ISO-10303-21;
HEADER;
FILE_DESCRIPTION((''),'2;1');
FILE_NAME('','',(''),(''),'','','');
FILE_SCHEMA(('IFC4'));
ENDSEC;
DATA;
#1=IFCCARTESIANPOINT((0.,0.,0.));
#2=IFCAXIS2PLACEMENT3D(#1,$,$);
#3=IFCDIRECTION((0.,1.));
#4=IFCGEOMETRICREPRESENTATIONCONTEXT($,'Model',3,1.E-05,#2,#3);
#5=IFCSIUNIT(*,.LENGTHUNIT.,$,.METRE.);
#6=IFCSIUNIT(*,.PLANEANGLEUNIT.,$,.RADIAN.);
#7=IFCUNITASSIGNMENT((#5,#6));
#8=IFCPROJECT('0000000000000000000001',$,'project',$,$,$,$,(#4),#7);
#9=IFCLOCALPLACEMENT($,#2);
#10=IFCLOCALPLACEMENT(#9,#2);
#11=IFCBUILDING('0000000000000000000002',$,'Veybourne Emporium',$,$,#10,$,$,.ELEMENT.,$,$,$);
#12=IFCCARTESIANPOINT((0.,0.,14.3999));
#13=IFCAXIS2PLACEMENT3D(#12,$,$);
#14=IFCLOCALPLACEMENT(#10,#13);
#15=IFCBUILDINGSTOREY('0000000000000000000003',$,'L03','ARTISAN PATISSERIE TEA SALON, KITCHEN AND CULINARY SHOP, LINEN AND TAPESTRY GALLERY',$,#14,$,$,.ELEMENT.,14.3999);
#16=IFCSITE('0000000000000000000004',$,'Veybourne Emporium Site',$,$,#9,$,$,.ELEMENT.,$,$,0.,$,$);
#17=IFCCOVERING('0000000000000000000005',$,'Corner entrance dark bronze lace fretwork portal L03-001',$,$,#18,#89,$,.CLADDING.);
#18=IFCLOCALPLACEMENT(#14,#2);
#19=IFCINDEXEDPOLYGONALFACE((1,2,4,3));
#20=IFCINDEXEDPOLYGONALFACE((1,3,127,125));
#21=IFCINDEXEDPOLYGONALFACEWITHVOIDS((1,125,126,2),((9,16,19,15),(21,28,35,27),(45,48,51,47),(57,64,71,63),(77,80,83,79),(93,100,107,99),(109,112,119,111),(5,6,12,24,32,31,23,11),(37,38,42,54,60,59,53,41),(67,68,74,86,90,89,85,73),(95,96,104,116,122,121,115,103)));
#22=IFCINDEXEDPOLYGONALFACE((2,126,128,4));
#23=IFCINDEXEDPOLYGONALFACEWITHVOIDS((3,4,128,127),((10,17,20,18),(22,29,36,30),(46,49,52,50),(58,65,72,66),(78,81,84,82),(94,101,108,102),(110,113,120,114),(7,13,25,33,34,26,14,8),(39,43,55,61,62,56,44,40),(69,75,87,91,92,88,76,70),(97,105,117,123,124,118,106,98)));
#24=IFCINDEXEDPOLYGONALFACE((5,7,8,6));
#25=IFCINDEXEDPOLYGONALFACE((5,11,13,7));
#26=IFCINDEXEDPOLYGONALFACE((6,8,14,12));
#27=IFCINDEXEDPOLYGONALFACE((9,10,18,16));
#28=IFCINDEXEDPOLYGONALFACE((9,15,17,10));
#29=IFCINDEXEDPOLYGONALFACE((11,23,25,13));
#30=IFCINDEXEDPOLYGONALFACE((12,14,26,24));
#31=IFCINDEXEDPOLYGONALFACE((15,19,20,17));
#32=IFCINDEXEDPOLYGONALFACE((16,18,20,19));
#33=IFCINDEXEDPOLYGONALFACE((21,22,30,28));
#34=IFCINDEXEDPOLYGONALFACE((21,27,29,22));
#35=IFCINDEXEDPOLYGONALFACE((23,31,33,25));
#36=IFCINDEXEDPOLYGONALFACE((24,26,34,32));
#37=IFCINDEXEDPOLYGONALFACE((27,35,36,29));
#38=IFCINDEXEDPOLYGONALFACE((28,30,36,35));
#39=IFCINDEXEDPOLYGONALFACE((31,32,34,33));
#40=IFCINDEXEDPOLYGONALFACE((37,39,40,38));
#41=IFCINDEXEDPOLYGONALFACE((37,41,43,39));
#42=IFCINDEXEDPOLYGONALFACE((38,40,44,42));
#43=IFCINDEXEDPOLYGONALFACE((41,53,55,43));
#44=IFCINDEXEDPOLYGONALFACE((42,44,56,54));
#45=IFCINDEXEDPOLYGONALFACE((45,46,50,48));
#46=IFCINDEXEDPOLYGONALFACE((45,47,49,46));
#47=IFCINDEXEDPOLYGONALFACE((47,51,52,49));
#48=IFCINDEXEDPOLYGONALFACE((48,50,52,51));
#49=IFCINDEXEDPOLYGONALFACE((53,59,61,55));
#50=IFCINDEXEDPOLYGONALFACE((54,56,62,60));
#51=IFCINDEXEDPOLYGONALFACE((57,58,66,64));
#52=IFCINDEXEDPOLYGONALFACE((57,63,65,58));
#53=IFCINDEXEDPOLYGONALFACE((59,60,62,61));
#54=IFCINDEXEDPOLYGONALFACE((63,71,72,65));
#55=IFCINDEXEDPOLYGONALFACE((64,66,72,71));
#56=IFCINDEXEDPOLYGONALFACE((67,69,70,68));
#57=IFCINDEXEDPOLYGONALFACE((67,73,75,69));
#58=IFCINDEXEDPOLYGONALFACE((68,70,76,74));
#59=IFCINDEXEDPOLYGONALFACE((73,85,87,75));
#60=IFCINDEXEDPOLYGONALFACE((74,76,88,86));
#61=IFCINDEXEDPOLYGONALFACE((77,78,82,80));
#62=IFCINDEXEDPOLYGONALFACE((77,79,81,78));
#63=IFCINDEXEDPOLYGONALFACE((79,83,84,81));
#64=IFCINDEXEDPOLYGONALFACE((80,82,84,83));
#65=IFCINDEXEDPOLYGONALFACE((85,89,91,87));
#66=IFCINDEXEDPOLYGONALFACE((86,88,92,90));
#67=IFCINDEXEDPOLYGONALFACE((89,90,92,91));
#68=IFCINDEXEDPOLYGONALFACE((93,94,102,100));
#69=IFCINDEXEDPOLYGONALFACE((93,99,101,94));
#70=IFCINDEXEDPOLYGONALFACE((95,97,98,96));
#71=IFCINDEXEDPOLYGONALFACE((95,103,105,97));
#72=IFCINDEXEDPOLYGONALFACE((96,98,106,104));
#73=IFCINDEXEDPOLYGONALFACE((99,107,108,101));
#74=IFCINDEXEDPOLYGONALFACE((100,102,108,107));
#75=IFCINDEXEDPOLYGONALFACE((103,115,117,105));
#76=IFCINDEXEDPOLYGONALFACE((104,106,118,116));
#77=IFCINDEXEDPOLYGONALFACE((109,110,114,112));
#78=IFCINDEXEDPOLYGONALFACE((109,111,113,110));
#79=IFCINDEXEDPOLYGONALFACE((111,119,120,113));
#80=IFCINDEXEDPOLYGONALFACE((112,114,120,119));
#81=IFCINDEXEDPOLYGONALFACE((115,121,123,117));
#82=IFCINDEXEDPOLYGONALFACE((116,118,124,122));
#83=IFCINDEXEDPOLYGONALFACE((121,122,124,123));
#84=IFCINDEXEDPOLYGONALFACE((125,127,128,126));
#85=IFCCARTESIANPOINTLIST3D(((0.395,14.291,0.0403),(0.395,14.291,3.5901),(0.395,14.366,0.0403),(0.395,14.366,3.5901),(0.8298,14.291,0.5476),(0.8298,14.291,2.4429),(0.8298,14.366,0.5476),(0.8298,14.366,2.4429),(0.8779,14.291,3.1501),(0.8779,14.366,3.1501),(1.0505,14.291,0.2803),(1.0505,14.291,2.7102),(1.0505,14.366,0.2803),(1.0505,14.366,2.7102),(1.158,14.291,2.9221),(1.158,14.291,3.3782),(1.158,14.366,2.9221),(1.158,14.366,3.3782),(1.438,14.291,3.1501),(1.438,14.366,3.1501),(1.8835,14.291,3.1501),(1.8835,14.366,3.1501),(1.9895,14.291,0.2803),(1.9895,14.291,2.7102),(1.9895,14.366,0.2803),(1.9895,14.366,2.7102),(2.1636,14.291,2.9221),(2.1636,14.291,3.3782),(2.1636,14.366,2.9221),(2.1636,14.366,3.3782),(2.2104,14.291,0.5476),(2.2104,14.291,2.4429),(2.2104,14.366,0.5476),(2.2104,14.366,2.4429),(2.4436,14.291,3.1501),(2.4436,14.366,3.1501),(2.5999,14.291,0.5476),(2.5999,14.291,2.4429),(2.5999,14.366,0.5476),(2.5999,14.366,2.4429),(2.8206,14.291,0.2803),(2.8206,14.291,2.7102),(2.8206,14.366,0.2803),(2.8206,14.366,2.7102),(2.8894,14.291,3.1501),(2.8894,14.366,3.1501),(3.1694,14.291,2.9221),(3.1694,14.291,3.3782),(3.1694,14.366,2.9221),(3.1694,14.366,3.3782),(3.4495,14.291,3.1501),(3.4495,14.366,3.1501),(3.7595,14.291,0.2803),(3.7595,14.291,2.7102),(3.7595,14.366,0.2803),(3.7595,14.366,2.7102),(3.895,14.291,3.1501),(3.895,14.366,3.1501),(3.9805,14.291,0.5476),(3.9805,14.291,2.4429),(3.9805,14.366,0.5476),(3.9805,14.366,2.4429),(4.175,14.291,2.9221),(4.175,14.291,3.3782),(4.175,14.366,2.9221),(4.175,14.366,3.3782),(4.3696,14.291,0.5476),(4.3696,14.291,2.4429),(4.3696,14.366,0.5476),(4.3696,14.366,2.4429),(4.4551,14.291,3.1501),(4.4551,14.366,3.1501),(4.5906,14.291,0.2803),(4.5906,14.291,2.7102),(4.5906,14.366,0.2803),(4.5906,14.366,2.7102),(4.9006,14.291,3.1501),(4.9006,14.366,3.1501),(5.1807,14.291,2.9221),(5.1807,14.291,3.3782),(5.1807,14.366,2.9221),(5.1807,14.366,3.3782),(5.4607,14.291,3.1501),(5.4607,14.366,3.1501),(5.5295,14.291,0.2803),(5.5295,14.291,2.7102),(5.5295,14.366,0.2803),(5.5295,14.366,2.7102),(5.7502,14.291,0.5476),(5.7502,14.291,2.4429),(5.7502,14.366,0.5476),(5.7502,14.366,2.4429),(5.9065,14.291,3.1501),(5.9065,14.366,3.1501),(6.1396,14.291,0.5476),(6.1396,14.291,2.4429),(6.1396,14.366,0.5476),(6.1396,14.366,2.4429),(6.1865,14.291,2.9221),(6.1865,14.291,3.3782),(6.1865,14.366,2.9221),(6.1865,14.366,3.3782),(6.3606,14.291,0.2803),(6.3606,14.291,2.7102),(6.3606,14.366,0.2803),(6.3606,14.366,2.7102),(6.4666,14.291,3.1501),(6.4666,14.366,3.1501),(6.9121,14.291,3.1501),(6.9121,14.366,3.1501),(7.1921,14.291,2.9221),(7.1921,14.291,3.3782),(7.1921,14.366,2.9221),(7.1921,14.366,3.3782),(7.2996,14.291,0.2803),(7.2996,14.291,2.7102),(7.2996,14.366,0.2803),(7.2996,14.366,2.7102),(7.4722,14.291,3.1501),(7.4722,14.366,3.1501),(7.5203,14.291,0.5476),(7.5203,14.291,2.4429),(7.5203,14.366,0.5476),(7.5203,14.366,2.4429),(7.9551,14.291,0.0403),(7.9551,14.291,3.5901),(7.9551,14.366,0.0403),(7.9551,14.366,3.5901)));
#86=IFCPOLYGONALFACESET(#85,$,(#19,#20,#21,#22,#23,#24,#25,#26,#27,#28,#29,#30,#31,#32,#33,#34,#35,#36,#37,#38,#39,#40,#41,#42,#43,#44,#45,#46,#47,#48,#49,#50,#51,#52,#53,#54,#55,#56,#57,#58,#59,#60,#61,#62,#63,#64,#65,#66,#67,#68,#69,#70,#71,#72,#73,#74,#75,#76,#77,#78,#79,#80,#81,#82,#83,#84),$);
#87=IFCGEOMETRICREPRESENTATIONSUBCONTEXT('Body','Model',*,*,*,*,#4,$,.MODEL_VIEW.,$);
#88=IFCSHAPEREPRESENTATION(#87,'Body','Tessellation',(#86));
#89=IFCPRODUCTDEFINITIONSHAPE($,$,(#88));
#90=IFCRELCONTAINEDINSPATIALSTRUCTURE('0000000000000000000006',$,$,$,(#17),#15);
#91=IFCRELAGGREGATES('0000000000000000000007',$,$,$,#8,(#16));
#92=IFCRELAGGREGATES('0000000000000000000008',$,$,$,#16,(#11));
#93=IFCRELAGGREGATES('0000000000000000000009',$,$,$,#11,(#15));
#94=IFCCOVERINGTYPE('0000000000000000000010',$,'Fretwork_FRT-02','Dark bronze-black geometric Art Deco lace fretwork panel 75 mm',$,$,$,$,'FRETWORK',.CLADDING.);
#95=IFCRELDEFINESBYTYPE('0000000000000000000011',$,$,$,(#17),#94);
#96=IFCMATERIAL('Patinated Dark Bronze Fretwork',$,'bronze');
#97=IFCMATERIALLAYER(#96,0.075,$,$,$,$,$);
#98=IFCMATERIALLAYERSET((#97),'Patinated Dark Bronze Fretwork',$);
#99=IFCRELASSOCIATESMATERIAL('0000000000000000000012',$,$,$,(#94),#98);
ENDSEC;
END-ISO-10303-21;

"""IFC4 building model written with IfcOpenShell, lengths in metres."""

from ifc_helpers import new_model, si_unit, direction, frame, origin, place, context, subcontext, project, spatial, polyline, outline, extrude, material, layer, layer_set, type_object, element, save


model = new_model("IFC4")

# Units and contexts
model_context = context("Model", 3, precision=1e-05, world=origin(), true_north=direction((0.0, 1.0)))
body_context = subcontext(model_context, "Body", "Model", "MODEL_VIEW")
ifc_project = project(units=[si_unit("LENGTHUNIT", "METRE"), si_unit("PLANEANGLEUNIT", "RADIAN")], contexts=[model_context])

# Site, building, storey
site_placement = place(None, origin())
site = spatial("IfcSite", under=ifc_project, at=site_placement, Name="Veybourne Emporium Site", CompositionType="ELEMENT", RefElevation=0.0)
building_placement = place(site_placement, origin())
building = spatial("IfcBuilding", under=site, at=building_placement, Name="Veybourne Emporium", CompositionType="ELEMENT")
storey_placement = place(building_placement, frame((0.0, 0.0, 14.3999)))
storey = spatial("IfcBuildingStorey", under=building, at=storey_placement, Name="L03", Description="ARTISAN PATISSERIE TEA SALON, KITCHEN AND CULINARY SHOP, LINEN AND TAPESTRY GALLERY", CompositionType="ELEMENT", Elevation=14.3999)

# Covering
ifc_material_1 = material(Name="Patinated Dark Bronze Fretwork", Category="bronze")
ifc_layer_1 = layer(ifc_material_1, 0.075)
ifc_layer_set_1 = layer_set([ifc_layer_1], Name="Patinated Dark Bronze Fretwork")
covering_type_1 = type_object("IfcCoveringType", Name="Fretwork_FRT-02", Description="Dark bronze-black geometric Art Deco lace fretwork panel 75 mm", ElementType="FRETWORK", PredefinedType="CLADDING", material=ifc_layer_set_1)
covering_1_placement = place(storey_placement, frame((4.175, 14.291, 1.8152), z_axis=(0.0, 1.0, 0.0), x_axis=(-1.0, 0.0, 0.0)))
element("IfcCovering", 1, at=covering_1_placement, inside=storey, type_object=covering_type_1, Name="Corner entrance dark bronze lace fretwork portal L03-001", PredefinedType="CLADDING", context=body_context, shape_type="SweptSolid", body=[
    extrude(outline(polyline([(-3.78, -1.7749), (3.78, -1.7749), (3.78, 1.7749), (-3.78, 1.7749), (-3.78, -1.7749)]), holes=[polyline([(-3.1245, 0.895), (-2.1855, 0.895), (-1.9646, 0.6277), (-1.9646, -1.2676), (-2.1855, -1.5349), (-3.1245, -1.5349), (-3.3452, -1.2676), (-3.3452, 0.6277), (-3.1245, 0.895)]), polyline([(-1.3545, 0.895), (-0.4155, 0.895), (-0.1946, 0.6277), (-0.1946, -1.2676), (-0.4155, -1.5349), (-1.3545, -1.5349), (-1.5752, -1.2676), (-1.5752, 0.6277), (-1.3545, 0.895)]), polyline([(0.4155, 0.895), (1.3545, 0.895), (1.5752, 0.6277), (1.5752, -1.2676), (1.3545, -1.5349), (0.4155, -1.5349), (0.1946, -1.2676), (0.1946, 0.6277), (0.4155, 0.895)]), polyline([(2.1855, 0.895), (3.1245, 0.895), (3.3452, 0.6277), (3.3452, -1.2676), (3.1245, -1.5349), (2.1855, -1.5349), (1.9646, -1.2676), (1.9646, 0.6277), (2.1855, 0.895)]), polyline([(-3.0171, 1.563), (-2.7371, 1.335), (-3.0171, 1.1069), (-3.2971, 1.335), (-3.0171, 1.563)]), polyline([(-2.0115, 1.563), (-1.7314, 1.335), (-2.0115, 1.1069), (-2.2915, 1.335), (-2.0115, 1.563)]), polyline([(-1.0056, 1.563), (-0.7256, 1.335), (-1.0056, 1.1069), (-1.2856, 1.335), (-1.0056, 1.563)]), polyline([(0.0, 1.563), (0.28, 1.335), (0.0, 1.1069), (-0.28, 1.335), (0.0, 1.563)]), polyline([(1.0056, 1.563), (1.2856, 1.335), (1.0056, 1.1069), (0.7256, 1.335), (1.0056, 1.563)]), polyline([(2.0115, 1.563), (2.2915, 1.335), (2.0115, 1.1069), (1.7314, 1.335), (2.0115, 1.563)]), polyline([(3.0171, 1.563), (3.2971, 1.335), (3.0171, 1.1069), (2.7371, 1.335), (3.0171, 1.563)])]), origin(), (0.0, 0.0, 1.0), 0.075),
])

save(model, "model.ifc")
